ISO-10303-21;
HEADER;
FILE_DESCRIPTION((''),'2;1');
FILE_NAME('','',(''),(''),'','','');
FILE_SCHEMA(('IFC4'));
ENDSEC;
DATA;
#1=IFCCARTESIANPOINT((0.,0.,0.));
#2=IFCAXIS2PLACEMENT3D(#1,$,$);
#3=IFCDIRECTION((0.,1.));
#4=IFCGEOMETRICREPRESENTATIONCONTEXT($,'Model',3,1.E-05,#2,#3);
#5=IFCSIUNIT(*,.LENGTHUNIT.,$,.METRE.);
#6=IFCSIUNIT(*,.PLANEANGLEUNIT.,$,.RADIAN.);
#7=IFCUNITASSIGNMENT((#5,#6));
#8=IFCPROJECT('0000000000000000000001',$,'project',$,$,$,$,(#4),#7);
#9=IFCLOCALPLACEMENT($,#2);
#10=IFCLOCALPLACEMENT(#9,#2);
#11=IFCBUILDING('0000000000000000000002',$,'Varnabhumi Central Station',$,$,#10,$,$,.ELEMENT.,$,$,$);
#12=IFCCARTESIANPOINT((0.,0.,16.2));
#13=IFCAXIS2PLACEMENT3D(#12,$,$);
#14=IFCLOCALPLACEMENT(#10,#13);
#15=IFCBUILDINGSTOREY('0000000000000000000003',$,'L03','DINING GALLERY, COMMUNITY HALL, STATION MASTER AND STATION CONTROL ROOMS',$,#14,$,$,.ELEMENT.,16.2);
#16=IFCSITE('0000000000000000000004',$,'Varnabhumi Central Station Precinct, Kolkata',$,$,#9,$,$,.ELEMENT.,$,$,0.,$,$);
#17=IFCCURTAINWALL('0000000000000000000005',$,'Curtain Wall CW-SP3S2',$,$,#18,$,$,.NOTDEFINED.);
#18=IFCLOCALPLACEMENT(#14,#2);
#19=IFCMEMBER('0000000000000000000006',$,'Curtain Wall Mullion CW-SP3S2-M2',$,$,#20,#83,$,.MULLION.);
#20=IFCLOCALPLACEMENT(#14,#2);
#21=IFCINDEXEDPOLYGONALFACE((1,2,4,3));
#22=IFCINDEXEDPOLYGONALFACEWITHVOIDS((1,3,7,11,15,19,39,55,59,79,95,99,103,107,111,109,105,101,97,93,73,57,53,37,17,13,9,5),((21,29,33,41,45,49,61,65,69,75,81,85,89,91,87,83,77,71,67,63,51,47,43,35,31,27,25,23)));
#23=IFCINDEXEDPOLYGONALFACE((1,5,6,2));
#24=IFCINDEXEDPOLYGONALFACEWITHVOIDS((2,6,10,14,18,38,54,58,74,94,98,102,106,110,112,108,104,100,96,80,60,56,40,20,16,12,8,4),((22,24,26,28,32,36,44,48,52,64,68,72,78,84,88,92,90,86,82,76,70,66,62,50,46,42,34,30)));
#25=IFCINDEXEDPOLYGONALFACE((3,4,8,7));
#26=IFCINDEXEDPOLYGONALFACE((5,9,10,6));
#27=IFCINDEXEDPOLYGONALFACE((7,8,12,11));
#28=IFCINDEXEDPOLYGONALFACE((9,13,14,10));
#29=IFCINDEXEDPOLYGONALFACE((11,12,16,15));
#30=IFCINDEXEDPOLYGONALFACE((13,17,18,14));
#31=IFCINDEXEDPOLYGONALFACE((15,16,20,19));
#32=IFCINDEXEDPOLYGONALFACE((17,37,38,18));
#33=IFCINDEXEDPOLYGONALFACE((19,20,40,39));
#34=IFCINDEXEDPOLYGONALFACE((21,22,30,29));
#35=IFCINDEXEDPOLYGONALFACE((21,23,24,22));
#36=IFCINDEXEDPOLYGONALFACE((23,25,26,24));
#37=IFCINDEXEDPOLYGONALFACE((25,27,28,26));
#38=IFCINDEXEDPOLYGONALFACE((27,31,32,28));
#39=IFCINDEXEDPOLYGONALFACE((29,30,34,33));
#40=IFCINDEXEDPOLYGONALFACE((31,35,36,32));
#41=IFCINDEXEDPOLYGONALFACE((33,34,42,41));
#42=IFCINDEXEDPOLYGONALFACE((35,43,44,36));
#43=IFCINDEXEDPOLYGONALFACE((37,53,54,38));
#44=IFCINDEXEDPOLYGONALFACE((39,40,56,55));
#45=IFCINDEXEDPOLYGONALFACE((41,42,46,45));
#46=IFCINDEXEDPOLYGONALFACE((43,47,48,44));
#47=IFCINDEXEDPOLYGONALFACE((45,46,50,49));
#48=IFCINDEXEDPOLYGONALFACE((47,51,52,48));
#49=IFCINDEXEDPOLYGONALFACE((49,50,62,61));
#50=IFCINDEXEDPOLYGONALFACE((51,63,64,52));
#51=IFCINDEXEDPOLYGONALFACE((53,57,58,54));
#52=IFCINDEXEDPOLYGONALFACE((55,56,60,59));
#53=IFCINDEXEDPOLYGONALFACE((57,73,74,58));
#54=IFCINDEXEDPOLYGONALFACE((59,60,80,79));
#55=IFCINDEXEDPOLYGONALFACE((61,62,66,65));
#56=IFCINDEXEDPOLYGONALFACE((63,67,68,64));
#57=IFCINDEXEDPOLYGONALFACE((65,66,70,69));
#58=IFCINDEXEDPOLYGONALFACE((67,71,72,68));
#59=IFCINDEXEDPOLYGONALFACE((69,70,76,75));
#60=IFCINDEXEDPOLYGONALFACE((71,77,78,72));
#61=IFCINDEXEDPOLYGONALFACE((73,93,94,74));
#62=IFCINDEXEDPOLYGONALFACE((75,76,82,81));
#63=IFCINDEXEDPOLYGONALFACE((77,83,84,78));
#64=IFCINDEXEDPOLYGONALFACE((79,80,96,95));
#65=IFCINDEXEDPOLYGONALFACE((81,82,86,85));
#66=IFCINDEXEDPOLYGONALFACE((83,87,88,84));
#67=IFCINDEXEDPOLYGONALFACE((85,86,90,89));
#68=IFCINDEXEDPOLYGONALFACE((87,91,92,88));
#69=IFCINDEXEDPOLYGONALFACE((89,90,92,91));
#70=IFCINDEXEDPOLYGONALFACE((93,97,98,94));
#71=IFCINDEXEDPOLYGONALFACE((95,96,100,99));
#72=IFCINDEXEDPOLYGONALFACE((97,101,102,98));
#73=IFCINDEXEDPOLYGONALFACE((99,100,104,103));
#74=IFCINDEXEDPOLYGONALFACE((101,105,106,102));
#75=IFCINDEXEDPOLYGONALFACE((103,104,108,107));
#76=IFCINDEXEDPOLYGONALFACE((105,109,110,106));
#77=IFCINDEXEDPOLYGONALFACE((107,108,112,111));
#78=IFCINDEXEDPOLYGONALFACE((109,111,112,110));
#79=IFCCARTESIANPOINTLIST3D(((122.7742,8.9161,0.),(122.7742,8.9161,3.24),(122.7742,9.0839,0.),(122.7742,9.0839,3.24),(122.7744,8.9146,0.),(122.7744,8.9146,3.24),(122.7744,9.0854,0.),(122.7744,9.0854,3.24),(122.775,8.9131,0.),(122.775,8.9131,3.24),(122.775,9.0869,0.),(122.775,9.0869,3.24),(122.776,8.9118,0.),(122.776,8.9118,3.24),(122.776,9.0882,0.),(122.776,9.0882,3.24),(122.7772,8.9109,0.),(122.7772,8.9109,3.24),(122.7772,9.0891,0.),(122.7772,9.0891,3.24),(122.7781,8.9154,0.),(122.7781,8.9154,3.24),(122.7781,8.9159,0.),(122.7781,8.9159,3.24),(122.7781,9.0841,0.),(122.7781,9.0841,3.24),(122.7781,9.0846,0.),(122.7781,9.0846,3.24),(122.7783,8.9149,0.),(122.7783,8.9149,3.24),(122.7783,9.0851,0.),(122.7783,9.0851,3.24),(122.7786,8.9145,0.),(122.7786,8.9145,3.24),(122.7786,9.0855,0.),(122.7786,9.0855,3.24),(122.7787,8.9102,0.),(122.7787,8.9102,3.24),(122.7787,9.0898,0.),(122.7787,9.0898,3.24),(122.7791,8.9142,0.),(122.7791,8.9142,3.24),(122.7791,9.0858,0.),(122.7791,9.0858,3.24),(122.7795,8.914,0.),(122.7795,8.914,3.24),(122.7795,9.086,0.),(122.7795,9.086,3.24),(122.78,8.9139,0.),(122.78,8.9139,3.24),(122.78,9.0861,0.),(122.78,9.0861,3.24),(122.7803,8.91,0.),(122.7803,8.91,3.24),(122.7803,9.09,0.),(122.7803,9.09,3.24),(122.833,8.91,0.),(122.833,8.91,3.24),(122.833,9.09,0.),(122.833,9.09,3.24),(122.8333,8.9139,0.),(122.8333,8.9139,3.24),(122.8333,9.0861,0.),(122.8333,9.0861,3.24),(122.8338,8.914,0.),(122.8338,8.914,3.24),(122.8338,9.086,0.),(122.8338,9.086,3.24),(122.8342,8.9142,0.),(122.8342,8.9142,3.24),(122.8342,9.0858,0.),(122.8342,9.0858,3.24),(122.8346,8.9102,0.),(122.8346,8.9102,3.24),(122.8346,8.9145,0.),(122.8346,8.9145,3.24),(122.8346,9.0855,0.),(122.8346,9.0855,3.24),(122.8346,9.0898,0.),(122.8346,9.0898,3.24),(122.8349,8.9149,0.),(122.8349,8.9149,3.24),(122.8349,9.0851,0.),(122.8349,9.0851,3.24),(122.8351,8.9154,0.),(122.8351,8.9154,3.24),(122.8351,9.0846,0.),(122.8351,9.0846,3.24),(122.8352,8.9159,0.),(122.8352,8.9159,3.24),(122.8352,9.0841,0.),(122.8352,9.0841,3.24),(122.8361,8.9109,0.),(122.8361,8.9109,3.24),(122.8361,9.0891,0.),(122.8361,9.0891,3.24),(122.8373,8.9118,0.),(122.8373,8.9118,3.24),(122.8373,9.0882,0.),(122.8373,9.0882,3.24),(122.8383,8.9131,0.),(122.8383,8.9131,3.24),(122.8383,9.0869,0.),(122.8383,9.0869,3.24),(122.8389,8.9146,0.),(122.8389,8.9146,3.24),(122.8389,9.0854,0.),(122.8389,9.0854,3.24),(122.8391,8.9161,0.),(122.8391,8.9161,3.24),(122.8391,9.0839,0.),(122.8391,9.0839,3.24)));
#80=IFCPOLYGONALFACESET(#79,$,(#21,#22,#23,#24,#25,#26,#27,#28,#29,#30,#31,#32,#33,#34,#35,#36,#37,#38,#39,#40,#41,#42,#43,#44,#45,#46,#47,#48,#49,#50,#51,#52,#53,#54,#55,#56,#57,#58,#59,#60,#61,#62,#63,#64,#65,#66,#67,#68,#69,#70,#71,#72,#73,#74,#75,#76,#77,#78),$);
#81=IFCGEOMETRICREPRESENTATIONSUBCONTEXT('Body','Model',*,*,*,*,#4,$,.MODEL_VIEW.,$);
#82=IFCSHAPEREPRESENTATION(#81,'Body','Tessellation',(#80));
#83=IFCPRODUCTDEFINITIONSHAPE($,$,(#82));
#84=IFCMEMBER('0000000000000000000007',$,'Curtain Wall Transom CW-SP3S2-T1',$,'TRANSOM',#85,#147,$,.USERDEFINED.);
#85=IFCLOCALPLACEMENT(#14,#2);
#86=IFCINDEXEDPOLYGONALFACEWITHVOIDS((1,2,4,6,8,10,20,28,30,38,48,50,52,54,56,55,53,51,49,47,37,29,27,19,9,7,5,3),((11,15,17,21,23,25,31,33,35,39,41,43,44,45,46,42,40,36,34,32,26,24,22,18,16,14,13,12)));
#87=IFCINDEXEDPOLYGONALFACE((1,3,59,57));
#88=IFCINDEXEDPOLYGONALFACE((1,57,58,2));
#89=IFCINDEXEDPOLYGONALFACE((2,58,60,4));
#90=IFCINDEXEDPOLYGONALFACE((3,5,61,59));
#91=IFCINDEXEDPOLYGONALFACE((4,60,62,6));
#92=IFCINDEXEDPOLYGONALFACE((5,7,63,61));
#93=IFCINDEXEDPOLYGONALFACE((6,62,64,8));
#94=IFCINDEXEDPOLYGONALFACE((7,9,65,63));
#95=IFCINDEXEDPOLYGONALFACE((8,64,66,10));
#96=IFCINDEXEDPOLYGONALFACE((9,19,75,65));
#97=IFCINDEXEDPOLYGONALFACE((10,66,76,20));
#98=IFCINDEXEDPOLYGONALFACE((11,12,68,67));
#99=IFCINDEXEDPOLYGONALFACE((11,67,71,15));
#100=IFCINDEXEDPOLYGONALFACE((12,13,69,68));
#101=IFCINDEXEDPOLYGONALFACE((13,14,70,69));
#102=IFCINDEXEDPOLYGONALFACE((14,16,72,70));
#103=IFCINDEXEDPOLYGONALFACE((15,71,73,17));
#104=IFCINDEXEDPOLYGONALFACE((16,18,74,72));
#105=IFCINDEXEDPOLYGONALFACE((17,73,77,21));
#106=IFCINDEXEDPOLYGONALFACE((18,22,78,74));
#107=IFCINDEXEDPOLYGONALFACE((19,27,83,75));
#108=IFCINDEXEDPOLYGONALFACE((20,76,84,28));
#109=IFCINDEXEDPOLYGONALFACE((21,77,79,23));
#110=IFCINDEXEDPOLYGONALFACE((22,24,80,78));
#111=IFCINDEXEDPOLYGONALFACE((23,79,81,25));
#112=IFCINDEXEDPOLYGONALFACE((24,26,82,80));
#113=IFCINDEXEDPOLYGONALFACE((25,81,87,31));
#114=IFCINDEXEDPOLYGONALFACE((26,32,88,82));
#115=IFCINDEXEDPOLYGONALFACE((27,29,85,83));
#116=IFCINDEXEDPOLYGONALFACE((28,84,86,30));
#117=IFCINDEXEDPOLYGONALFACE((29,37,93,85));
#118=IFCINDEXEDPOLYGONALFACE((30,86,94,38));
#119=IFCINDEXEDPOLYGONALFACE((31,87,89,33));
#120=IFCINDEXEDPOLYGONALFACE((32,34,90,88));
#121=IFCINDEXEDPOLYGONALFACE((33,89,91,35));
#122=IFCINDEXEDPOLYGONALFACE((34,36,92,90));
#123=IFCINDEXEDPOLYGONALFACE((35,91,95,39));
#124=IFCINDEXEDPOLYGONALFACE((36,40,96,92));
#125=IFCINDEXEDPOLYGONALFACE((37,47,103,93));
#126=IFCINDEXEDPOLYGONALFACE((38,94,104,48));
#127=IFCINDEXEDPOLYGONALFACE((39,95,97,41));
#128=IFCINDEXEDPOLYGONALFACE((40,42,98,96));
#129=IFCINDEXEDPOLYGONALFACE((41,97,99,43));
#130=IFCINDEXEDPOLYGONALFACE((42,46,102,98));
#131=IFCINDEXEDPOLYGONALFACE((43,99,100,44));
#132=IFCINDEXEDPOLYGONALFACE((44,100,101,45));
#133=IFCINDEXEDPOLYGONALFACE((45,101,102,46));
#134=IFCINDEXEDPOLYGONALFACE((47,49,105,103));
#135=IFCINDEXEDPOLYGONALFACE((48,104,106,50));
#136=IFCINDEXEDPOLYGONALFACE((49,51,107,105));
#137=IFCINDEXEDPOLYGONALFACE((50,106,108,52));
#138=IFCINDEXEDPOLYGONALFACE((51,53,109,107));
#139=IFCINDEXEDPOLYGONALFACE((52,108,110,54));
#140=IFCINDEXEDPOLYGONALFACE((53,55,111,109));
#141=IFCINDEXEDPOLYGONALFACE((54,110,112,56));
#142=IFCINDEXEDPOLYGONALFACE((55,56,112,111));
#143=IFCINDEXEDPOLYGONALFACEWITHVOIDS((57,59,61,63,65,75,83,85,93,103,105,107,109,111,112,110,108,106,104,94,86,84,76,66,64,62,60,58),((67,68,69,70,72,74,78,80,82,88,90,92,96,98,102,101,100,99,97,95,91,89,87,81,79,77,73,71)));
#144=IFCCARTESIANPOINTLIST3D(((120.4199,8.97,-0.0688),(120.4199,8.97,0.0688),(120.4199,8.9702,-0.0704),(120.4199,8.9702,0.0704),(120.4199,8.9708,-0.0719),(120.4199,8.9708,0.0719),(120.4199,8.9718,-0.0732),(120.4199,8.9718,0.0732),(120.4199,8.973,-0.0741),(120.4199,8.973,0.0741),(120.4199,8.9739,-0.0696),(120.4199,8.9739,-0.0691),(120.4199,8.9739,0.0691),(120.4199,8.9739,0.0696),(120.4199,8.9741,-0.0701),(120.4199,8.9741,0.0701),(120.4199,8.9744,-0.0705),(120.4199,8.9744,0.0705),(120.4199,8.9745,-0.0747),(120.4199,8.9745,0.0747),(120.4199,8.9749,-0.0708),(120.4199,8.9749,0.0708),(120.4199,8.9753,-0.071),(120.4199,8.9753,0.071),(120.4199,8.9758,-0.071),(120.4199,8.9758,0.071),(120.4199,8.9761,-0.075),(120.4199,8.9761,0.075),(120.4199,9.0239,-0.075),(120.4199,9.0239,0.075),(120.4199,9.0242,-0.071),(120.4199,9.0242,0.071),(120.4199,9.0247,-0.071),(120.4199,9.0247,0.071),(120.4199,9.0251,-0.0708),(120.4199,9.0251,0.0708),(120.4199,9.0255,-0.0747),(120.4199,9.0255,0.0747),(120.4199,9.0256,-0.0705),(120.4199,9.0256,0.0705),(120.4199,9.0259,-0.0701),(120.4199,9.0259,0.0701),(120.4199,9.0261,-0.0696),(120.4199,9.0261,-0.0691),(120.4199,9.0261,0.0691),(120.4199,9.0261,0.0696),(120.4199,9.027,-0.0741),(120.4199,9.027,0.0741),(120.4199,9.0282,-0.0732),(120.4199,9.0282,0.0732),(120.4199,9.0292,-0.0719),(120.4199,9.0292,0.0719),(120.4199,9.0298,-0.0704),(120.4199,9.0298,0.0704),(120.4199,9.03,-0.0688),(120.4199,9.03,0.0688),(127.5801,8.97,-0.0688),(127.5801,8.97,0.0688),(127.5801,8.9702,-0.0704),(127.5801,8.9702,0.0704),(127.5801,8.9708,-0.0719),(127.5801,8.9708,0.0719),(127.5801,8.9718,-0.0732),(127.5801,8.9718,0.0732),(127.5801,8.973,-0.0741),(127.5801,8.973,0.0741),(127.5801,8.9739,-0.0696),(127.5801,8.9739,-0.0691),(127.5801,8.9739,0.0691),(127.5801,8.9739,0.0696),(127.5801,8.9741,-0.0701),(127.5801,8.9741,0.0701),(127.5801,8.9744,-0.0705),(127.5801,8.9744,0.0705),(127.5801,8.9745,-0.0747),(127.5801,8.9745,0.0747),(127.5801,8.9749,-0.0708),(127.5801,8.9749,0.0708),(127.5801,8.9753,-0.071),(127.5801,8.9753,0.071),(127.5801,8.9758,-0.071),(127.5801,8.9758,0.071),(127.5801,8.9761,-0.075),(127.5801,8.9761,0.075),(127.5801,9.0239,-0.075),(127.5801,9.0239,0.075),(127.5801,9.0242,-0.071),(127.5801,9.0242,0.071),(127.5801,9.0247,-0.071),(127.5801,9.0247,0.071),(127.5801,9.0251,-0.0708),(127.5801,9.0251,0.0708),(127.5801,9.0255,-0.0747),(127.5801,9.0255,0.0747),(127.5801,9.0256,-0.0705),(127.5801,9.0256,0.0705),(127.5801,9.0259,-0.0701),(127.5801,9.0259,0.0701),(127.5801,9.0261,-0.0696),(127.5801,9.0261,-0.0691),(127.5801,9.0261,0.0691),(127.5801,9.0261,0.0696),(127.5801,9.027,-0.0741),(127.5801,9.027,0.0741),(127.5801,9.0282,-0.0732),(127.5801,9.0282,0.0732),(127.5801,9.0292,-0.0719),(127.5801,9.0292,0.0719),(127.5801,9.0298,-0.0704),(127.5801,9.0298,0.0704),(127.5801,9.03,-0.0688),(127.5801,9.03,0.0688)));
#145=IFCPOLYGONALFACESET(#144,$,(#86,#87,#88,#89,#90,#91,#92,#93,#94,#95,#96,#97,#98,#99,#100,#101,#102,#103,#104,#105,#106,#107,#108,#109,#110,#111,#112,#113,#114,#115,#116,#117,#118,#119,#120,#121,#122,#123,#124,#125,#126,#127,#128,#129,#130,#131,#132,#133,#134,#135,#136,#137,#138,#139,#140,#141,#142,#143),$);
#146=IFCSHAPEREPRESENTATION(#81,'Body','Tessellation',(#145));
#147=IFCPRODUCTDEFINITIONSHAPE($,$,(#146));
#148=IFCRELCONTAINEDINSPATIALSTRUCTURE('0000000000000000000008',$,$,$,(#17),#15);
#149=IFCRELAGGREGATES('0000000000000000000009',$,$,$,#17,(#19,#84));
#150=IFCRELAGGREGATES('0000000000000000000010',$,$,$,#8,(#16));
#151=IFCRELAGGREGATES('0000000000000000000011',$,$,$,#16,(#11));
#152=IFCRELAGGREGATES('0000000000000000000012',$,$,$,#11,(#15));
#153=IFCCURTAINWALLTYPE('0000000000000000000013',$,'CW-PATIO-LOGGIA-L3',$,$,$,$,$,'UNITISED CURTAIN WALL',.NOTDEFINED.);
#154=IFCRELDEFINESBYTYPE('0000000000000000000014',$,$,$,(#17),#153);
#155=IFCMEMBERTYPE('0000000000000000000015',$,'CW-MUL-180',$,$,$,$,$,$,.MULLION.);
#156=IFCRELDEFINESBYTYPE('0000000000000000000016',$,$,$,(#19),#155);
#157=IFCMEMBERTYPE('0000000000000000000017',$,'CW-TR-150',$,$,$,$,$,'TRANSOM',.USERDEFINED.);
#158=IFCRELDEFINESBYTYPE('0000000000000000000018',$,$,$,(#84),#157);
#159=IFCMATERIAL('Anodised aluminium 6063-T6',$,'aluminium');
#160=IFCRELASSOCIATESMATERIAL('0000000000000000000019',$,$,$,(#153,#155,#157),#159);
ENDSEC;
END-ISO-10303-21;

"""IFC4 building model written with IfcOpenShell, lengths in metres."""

from ifc_helpers import new_model, si_unit, direction, frame, origin, origin_2d, place, context, subcontext, project, spatial, hollow_rectangle, extrude, material, material_profile, profile_set, type_object, element, aggregate, save


model = new_model("IFC4")

# Units and contexts
model_context = context("Model", 3, precision=1e-05, world=origin(), true_north=direction((0.0, 1.0)))
body_context = subcontext(model_context, "Body", "Model", "MODEL_VIEW")
ifc_project = project(units=[si_unit("LENGTHUNIT", "METRE"), si_unit("PLANEANGLEUNIT", "RADIAN")], contexts=[model_context])

# Site, building, storey
site_placement = place(None, origin())
site = spatial("IfcSite", under=ifc_project, at=site_placement, Name="Varnabhumi Central Station Precinct, Kolkata", CompositionType="ELEMENT", RefElevation=0.0)
building_placement = place(site_placement, origin())
building = spatial("IfcBuilding", under=site, at=building_placement, Name="Varnabhumi Central Station", CompositionType="ELEMENT")
storey_placement = place(building_placement, frame((0.0, 0.0, 16.2)))
storey = spatial("IfcBuildingStorey", under=building, at=storey_placement, Name="L03", Description="DINING GALLERY, COMMUNITY HALL, STATION MASTER AND STATION CONTROL ROOMS", CompositionType="ELEMENT", Elevation=16.2)

# Shared definitions
ifc_material_1 = material(Name="Anodised aluminium 6063-T6", Category="aluminium")
curtain_wall_type = type_object("IfcCurtainWallType", Name="CW-PATIO-LOGGIA-L3", ElementType="UNITISED CURTAIN WALL", PredefinedType="NOTDEFINED", material=ifc_material_1)
ifc_material_profile_1 = material_profile(ifc_material_1, hollow_rectangle(XDim=0.0649, YDim=0.1799, WallThickness=0.0039, InnerFilletRadius=0.002, OuterFilletRadius=0.0061, at=origin_2d()), Name="Anodised aluminium 6063-T6", Category="aluminium")
ifc_profile_set_1 = profile_set([ifc_material_profile_1], Name="Anodised aluminium 6063-T6")
member_type_1 = type_object("IfcMemberType", Name="CW-MUL-180", PredefinedType="MULLION", material=ifc_profile_set_1)

# Curtain wall, members
curtain_wall_1_placement = place(storey_placement, origin())
curtain_wall_1 = element("IfcCurtainWall", 1, at=curtain_wall_1_placement, inside=storey, type_object=curtain_wall_type, Name="Curtain Wall CW-SP3S2", PredefinedType="NOTDEFINED")
member_1_placement = place(storey_placement, frame((122.8066, 9.0, 0.0), z_axis=(0.0, 0.0, 1.0), x_axis=(1.0, 0.0, 0.0)))
member_1 = element("IfcMember", 2, at=member_1_placement, type_object=member_type_1, Name="Curtain Wall Mullion CW-SP3S2-M2", PredefinedType="MULLION", context=body_context, shape_type="SweptSolid", body=[
    extrude(hollow_rectangle(XDim=0.0649, YDim=0.1799, WallThickness=0.0039, InnerFilletRadius=0.002, OuterFilletRadius=0.0061, at=origin_2d()), origin(), (0.0, 0.0, 1.0), 3.24),
])
ifc_material_profile_2 = material_profile(ifc_material_1, hollow_rectangle(XDim=0.0601, YDim=0.1499, WallThickness=0.0039, InnerFilletRadius=0.002, OuterFilletRadius=0.0061, at=origin_2d()), Name="Anodised aluminium 6063-T6", Category="aluminium")
ifc_profile_set_2 = profile_set([ifc_material_profile_2], Name="Anodised aluminium 6063-T6")
member_type_2 = type_object("IfcMemberType", Name="CW-TR-150", ElementType="TRANSOM", PredefinedType="USERDEFINED", material=ifc_profile_set_2)
member_2_placement = place(storey_placement, frame((120.4199, 9.0, 0.0), z_axis=(1.0, 0.0, 0.0), x_axis=(0.0, 1.0, 0.0)))
member_2 = element("IfcMember", 3, at=member_2_placement, type_object=member_type_2, Name="Curtain Wall Transom CW-SP3S2-T1", ObjectType="TRANSOM", PredefinedType="USERDEFINED", context=body_context, shape_type="SweptSolid", body=[
    extrude(hollow_rectangle(XDim=0.0601, YDim=0.1499, WallThickness=0.0039, InnerFilletRadius=0.002, OuterFilletRadius=0.0061, at=origin_2d()), origin(), (0.0, 0.0, 1.0), 7.1602),
])
aggregate(curtain_wall_1, [member_1, member_2])

save(model, "model.ifc")
